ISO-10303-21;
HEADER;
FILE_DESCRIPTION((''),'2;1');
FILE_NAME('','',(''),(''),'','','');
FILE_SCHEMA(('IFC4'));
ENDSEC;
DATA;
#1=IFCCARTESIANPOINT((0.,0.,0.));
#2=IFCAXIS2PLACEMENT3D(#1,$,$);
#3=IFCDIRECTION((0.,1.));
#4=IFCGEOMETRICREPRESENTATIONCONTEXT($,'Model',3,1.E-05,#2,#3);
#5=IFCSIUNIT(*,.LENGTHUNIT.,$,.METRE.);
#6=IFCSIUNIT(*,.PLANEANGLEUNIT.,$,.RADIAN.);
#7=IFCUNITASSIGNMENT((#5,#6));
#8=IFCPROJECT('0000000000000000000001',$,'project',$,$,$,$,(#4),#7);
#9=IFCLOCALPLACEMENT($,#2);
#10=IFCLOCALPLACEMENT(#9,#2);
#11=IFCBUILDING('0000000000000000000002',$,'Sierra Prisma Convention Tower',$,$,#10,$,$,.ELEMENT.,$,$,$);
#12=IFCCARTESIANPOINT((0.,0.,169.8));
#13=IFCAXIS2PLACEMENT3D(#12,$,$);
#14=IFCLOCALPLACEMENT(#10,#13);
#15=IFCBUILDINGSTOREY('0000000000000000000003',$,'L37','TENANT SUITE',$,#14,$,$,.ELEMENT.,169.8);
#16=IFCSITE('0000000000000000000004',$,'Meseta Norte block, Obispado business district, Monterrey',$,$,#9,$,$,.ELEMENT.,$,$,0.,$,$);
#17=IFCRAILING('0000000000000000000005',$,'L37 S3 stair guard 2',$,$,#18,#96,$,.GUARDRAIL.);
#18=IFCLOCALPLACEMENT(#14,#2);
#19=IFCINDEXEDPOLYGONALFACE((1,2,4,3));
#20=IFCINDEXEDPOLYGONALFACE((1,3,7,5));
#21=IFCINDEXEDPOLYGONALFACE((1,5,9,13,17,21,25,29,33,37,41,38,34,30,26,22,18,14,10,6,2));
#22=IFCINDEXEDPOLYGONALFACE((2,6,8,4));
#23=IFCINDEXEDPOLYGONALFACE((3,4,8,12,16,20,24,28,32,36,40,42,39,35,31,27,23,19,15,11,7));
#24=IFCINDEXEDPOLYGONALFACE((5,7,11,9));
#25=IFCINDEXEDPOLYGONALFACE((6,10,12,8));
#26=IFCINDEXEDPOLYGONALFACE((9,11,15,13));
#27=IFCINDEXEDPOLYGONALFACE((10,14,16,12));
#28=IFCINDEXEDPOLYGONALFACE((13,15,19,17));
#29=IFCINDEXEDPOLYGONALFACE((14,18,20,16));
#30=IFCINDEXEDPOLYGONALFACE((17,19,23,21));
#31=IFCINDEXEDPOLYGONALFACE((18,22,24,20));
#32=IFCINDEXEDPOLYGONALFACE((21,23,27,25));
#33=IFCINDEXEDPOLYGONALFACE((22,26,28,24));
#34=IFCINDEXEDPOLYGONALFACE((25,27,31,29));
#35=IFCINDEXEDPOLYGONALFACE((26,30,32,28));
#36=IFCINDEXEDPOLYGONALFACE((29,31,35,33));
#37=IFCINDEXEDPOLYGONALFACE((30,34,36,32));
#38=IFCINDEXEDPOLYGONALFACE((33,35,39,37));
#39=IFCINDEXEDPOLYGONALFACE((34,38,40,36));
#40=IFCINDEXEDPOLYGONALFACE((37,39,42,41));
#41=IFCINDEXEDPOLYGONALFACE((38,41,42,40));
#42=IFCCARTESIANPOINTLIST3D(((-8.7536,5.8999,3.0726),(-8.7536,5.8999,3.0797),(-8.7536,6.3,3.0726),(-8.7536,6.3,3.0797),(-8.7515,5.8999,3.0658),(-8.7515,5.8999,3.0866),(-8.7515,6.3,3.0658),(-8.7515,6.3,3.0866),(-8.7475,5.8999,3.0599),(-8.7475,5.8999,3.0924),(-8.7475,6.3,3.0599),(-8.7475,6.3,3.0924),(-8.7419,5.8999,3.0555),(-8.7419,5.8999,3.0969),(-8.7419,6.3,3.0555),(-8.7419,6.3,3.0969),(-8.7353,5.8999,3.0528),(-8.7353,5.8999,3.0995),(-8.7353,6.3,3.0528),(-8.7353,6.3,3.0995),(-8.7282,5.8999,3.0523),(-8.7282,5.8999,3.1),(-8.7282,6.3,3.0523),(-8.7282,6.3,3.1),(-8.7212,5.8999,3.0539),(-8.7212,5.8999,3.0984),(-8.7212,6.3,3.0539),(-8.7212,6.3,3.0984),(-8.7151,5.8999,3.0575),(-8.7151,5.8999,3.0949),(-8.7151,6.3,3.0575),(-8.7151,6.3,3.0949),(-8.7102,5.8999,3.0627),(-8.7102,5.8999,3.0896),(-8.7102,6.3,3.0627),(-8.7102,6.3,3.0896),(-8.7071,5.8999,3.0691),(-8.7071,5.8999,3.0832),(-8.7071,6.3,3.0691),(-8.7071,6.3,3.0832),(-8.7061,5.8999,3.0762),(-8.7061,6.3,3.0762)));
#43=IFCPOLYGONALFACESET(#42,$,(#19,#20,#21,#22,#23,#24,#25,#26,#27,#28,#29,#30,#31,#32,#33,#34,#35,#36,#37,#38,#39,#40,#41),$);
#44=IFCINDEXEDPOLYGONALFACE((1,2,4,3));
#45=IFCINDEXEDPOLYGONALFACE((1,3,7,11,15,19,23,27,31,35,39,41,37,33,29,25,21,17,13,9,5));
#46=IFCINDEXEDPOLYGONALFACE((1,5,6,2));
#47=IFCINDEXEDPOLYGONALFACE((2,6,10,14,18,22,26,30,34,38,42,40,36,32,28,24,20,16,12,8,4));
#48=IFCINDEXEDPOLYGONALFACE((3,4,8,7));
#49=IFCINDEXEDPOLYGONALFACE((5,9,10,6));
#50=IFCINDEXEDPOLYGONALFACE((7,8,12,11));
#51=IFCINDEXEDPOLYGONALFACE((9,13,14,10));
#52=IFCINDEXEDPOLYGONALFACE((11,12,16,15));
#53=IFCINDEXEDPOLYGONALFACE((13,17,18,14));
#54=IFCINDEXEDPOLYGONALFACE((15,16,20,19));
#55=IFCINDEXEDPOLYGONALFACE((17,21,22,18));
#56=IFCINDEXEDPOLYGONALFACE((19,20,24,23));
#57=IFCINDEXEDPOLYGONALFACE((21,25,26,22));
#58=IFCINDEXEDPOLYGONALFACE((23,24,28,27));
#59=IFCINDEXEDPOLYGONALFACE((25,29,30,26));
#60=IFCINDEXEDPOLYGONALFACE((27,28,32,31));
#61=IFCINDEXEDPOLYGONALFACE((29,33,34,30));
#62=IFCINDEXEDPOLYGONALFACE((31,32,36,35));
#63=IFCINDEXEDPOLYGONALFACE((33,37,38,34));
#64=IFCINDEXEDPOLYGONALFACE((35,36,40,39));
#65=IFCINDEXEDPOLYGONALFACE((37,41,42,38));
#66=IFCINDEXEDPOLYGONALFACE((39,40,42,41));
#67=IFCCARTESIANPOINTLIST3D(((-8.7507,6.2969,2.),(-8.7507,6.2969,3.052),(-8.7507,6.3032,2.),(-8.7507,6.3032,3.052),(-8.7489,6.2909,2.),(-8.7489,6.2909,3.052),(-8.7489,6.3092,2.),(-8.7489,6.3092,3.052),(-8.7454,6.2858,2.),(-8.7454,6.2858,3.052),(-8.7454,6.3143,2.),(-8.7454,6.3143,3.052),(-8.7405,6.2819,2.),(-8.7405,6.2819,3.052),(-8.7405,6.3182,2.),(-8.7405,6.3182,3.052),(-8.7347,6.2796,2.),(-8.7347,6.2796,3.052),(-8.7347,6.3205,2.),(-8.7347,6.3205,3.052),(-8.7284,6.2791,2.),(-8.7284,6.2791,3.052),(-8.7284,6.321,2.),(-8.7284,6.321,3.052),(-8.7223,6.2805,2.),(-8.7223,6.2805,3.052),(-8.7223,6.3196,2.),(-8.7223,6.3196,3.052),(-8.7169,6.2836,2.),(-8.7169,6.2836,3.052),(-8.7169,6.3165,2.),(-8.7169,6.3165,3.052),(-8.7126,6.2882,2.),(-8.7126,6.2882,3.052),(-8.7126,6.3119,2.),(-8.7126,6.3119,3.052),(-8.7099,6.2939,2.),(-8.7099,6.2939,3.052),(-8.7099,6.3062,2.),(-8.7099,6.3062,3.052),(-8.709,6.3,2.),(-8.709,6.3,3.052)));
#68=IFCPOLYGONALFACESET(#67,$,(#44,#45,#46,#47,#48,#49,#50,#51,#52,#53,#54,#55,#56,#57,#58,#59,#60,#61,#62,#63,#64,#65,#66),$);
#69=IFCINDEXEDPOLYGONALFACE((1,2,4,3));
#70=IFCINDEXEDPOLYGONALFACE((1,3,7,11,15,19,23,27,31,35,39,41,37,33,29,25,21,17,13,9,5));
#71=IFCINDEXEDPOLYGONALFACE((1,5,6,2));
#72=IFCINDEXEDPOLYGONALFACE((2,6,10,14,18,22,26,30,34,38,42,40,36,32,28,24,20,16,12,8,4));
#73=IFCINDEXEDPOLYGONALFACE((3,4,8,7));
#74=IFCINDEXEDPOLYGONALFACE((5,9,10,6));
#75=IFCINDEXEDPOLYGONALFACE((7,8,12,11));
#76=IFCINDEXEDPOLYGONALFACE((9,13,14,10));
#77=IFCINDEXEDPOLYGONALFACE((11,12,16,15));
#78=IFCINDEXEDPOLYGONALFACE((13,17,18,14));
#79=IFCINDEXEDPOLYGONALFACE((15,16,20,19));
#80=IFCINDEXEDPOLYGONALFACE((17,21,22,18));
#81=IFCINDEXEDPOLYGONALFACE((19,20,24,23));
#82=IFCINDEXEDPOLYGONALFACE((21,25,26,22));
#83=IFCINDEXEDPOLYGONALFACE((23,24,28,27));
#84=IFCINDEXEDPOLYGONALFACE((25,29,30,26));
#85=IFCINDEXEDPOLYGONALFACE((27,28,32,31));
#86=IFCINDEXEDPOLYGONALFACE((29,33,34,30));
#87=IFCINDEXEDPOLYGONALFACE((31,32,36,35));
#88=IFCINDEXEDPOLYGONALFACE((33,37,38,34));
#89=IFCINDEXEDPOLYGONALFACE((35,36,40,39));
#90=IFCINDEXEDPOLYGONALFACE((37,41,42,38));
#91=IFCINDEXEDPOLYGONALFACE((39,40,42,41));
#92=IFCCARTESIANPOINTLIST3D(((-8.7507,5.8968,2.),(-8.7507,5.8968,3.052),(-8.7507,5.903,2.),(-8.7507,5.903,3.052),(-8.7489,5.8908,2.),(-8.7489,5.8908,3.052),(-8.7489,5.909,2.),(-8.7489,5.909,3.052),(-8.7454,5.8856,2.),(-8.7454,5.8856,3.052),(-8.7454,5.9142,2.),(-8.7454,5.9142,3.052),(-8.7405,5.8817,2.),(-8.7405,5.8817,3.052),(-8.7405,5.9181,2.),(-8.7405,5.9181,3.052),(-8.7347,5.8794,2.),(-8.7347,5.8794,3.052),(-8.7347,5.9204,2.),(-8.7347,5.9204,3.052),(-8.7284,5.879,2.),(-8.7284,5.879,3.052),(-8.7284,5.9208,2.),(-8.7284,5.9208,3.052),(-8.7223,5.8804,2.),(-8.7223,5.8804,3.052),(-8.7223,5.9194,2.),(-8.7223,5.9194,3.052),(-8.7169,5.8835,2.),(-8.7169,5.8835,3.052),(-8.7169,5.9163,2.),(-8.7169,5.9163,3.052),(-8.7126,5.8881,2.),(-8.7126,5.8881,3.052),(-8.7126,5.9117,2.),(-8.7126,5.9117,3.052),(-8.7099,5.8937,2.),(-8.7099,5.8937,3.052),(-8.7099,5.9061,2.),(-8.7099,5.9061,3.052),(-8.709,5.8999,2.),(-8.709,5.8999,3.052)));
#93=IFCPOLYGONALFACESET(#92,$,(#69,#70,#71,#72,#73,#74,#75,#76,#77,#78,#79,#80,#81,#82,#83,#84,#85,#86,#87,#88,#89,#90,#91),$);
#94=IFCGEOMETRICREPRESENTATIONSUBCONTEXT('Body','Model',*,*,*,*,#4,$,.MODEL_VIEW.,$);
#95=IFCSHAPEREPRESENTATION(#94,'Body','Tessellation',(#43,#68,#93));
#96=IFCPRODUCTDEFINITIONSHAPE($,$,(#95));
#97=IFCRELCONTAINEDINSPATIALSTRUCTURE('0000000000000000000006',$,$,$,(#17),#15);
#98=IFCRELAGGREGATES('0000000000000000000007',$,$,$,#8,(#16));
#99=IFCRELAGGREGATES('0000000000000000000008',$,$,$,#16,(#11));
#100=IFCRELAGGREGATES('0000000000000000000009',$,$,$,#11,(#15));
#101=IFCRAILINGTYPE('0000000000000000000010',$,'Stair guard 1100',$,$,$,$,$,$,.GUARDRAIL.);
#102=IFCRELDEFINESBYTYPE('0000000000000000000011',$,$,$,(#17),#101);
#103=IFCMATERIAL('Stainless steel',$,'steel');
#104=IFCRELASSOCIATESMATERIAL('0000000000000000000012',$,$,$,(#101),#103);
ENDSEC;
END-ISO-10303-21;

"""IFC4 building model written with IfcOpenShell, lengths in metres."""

from ifc_helpers import new_model, si_unit, direction, frame, origin, origin_2d, place, context, subcontext, project, spatial, circle, extrude, material, type_object, element, save


model = new_model("IFC4")

# Units and contexts
model_context = context("Model", 3, precision=1e-05, world=origin(), true_north=direction((0.0, 1.0)))
body_context = subcontext(model_context, "Body", "Model", "MODEL_VIEW")
ifc_project = project(units=[si_unit("LENGTHUNIT", "METRE"), si_unit("PLANEANGLEUNIT", "RADIAN")], contexts=[model_context])

# Site, building, storey
site_placement = place(None, origin())
site = spatial("IfcSite", under=ifc_project, at=site_placement, Name="Meseta Norte block, Obispado business district, Monterrey", CompositionType="ELEMENT", RefElevation=0.0)
building_placement = place(site_placement, origin())
building = spatial("IfcBuilding", under=site, at=building_placement, Name="Sierra Prisma Convention Tower", CompositionType="ELEMENT")
storey_placement = place(building_placement, frame((0.0, 0.0, 169.8)))
storey = spatial("IfcBuildingStorey", under=building, at=storey_placement, Name="L37", Description="TENANT SUITE", CompositionType="ELEMENT", Elevation=169.8)

# Railing
ifc_material_1 = material(Name="Stainless steel", Category="steel")
railing_type_1 = type_object("IfcRailingType", Name="Stair guard 1100", PredefinedType="GUARDRAIL", material=ifc_material_1)
railing_1_placement = place(storey_placement, frame((-8.73, 6.3, 2.0)))
element("IfcRailing", 1, at=railing_1_placement, inside=storey, type_object=railing_type_1, Name="L37 S3 stair guard 2", PredefinedType="GUARDRAIL", context=body_context, shape_type="SweptSolid", body=[
    extrude(circle(Radius=0.0239, at=origin_2d()), frame((0.0, 0.0, 1.0762), z_axis=(0.0, -1.0, 0.0), x_axis=(1.0, 0.0, 0.0)), (0.0, 0.0, 1.0), 0.4001),
    extrude(circle(Radius=0.021, at=origin_2d()), origin(), (0.0, 0.0, 1.0), 1.052),
    extrude(circle(Radius=0.021, at=origin_2d()), frame((0.0, -0.4001, 0.0)), (0.0, 0.0, 1.0), 1.052),
])

save(model, "model.ifc")
